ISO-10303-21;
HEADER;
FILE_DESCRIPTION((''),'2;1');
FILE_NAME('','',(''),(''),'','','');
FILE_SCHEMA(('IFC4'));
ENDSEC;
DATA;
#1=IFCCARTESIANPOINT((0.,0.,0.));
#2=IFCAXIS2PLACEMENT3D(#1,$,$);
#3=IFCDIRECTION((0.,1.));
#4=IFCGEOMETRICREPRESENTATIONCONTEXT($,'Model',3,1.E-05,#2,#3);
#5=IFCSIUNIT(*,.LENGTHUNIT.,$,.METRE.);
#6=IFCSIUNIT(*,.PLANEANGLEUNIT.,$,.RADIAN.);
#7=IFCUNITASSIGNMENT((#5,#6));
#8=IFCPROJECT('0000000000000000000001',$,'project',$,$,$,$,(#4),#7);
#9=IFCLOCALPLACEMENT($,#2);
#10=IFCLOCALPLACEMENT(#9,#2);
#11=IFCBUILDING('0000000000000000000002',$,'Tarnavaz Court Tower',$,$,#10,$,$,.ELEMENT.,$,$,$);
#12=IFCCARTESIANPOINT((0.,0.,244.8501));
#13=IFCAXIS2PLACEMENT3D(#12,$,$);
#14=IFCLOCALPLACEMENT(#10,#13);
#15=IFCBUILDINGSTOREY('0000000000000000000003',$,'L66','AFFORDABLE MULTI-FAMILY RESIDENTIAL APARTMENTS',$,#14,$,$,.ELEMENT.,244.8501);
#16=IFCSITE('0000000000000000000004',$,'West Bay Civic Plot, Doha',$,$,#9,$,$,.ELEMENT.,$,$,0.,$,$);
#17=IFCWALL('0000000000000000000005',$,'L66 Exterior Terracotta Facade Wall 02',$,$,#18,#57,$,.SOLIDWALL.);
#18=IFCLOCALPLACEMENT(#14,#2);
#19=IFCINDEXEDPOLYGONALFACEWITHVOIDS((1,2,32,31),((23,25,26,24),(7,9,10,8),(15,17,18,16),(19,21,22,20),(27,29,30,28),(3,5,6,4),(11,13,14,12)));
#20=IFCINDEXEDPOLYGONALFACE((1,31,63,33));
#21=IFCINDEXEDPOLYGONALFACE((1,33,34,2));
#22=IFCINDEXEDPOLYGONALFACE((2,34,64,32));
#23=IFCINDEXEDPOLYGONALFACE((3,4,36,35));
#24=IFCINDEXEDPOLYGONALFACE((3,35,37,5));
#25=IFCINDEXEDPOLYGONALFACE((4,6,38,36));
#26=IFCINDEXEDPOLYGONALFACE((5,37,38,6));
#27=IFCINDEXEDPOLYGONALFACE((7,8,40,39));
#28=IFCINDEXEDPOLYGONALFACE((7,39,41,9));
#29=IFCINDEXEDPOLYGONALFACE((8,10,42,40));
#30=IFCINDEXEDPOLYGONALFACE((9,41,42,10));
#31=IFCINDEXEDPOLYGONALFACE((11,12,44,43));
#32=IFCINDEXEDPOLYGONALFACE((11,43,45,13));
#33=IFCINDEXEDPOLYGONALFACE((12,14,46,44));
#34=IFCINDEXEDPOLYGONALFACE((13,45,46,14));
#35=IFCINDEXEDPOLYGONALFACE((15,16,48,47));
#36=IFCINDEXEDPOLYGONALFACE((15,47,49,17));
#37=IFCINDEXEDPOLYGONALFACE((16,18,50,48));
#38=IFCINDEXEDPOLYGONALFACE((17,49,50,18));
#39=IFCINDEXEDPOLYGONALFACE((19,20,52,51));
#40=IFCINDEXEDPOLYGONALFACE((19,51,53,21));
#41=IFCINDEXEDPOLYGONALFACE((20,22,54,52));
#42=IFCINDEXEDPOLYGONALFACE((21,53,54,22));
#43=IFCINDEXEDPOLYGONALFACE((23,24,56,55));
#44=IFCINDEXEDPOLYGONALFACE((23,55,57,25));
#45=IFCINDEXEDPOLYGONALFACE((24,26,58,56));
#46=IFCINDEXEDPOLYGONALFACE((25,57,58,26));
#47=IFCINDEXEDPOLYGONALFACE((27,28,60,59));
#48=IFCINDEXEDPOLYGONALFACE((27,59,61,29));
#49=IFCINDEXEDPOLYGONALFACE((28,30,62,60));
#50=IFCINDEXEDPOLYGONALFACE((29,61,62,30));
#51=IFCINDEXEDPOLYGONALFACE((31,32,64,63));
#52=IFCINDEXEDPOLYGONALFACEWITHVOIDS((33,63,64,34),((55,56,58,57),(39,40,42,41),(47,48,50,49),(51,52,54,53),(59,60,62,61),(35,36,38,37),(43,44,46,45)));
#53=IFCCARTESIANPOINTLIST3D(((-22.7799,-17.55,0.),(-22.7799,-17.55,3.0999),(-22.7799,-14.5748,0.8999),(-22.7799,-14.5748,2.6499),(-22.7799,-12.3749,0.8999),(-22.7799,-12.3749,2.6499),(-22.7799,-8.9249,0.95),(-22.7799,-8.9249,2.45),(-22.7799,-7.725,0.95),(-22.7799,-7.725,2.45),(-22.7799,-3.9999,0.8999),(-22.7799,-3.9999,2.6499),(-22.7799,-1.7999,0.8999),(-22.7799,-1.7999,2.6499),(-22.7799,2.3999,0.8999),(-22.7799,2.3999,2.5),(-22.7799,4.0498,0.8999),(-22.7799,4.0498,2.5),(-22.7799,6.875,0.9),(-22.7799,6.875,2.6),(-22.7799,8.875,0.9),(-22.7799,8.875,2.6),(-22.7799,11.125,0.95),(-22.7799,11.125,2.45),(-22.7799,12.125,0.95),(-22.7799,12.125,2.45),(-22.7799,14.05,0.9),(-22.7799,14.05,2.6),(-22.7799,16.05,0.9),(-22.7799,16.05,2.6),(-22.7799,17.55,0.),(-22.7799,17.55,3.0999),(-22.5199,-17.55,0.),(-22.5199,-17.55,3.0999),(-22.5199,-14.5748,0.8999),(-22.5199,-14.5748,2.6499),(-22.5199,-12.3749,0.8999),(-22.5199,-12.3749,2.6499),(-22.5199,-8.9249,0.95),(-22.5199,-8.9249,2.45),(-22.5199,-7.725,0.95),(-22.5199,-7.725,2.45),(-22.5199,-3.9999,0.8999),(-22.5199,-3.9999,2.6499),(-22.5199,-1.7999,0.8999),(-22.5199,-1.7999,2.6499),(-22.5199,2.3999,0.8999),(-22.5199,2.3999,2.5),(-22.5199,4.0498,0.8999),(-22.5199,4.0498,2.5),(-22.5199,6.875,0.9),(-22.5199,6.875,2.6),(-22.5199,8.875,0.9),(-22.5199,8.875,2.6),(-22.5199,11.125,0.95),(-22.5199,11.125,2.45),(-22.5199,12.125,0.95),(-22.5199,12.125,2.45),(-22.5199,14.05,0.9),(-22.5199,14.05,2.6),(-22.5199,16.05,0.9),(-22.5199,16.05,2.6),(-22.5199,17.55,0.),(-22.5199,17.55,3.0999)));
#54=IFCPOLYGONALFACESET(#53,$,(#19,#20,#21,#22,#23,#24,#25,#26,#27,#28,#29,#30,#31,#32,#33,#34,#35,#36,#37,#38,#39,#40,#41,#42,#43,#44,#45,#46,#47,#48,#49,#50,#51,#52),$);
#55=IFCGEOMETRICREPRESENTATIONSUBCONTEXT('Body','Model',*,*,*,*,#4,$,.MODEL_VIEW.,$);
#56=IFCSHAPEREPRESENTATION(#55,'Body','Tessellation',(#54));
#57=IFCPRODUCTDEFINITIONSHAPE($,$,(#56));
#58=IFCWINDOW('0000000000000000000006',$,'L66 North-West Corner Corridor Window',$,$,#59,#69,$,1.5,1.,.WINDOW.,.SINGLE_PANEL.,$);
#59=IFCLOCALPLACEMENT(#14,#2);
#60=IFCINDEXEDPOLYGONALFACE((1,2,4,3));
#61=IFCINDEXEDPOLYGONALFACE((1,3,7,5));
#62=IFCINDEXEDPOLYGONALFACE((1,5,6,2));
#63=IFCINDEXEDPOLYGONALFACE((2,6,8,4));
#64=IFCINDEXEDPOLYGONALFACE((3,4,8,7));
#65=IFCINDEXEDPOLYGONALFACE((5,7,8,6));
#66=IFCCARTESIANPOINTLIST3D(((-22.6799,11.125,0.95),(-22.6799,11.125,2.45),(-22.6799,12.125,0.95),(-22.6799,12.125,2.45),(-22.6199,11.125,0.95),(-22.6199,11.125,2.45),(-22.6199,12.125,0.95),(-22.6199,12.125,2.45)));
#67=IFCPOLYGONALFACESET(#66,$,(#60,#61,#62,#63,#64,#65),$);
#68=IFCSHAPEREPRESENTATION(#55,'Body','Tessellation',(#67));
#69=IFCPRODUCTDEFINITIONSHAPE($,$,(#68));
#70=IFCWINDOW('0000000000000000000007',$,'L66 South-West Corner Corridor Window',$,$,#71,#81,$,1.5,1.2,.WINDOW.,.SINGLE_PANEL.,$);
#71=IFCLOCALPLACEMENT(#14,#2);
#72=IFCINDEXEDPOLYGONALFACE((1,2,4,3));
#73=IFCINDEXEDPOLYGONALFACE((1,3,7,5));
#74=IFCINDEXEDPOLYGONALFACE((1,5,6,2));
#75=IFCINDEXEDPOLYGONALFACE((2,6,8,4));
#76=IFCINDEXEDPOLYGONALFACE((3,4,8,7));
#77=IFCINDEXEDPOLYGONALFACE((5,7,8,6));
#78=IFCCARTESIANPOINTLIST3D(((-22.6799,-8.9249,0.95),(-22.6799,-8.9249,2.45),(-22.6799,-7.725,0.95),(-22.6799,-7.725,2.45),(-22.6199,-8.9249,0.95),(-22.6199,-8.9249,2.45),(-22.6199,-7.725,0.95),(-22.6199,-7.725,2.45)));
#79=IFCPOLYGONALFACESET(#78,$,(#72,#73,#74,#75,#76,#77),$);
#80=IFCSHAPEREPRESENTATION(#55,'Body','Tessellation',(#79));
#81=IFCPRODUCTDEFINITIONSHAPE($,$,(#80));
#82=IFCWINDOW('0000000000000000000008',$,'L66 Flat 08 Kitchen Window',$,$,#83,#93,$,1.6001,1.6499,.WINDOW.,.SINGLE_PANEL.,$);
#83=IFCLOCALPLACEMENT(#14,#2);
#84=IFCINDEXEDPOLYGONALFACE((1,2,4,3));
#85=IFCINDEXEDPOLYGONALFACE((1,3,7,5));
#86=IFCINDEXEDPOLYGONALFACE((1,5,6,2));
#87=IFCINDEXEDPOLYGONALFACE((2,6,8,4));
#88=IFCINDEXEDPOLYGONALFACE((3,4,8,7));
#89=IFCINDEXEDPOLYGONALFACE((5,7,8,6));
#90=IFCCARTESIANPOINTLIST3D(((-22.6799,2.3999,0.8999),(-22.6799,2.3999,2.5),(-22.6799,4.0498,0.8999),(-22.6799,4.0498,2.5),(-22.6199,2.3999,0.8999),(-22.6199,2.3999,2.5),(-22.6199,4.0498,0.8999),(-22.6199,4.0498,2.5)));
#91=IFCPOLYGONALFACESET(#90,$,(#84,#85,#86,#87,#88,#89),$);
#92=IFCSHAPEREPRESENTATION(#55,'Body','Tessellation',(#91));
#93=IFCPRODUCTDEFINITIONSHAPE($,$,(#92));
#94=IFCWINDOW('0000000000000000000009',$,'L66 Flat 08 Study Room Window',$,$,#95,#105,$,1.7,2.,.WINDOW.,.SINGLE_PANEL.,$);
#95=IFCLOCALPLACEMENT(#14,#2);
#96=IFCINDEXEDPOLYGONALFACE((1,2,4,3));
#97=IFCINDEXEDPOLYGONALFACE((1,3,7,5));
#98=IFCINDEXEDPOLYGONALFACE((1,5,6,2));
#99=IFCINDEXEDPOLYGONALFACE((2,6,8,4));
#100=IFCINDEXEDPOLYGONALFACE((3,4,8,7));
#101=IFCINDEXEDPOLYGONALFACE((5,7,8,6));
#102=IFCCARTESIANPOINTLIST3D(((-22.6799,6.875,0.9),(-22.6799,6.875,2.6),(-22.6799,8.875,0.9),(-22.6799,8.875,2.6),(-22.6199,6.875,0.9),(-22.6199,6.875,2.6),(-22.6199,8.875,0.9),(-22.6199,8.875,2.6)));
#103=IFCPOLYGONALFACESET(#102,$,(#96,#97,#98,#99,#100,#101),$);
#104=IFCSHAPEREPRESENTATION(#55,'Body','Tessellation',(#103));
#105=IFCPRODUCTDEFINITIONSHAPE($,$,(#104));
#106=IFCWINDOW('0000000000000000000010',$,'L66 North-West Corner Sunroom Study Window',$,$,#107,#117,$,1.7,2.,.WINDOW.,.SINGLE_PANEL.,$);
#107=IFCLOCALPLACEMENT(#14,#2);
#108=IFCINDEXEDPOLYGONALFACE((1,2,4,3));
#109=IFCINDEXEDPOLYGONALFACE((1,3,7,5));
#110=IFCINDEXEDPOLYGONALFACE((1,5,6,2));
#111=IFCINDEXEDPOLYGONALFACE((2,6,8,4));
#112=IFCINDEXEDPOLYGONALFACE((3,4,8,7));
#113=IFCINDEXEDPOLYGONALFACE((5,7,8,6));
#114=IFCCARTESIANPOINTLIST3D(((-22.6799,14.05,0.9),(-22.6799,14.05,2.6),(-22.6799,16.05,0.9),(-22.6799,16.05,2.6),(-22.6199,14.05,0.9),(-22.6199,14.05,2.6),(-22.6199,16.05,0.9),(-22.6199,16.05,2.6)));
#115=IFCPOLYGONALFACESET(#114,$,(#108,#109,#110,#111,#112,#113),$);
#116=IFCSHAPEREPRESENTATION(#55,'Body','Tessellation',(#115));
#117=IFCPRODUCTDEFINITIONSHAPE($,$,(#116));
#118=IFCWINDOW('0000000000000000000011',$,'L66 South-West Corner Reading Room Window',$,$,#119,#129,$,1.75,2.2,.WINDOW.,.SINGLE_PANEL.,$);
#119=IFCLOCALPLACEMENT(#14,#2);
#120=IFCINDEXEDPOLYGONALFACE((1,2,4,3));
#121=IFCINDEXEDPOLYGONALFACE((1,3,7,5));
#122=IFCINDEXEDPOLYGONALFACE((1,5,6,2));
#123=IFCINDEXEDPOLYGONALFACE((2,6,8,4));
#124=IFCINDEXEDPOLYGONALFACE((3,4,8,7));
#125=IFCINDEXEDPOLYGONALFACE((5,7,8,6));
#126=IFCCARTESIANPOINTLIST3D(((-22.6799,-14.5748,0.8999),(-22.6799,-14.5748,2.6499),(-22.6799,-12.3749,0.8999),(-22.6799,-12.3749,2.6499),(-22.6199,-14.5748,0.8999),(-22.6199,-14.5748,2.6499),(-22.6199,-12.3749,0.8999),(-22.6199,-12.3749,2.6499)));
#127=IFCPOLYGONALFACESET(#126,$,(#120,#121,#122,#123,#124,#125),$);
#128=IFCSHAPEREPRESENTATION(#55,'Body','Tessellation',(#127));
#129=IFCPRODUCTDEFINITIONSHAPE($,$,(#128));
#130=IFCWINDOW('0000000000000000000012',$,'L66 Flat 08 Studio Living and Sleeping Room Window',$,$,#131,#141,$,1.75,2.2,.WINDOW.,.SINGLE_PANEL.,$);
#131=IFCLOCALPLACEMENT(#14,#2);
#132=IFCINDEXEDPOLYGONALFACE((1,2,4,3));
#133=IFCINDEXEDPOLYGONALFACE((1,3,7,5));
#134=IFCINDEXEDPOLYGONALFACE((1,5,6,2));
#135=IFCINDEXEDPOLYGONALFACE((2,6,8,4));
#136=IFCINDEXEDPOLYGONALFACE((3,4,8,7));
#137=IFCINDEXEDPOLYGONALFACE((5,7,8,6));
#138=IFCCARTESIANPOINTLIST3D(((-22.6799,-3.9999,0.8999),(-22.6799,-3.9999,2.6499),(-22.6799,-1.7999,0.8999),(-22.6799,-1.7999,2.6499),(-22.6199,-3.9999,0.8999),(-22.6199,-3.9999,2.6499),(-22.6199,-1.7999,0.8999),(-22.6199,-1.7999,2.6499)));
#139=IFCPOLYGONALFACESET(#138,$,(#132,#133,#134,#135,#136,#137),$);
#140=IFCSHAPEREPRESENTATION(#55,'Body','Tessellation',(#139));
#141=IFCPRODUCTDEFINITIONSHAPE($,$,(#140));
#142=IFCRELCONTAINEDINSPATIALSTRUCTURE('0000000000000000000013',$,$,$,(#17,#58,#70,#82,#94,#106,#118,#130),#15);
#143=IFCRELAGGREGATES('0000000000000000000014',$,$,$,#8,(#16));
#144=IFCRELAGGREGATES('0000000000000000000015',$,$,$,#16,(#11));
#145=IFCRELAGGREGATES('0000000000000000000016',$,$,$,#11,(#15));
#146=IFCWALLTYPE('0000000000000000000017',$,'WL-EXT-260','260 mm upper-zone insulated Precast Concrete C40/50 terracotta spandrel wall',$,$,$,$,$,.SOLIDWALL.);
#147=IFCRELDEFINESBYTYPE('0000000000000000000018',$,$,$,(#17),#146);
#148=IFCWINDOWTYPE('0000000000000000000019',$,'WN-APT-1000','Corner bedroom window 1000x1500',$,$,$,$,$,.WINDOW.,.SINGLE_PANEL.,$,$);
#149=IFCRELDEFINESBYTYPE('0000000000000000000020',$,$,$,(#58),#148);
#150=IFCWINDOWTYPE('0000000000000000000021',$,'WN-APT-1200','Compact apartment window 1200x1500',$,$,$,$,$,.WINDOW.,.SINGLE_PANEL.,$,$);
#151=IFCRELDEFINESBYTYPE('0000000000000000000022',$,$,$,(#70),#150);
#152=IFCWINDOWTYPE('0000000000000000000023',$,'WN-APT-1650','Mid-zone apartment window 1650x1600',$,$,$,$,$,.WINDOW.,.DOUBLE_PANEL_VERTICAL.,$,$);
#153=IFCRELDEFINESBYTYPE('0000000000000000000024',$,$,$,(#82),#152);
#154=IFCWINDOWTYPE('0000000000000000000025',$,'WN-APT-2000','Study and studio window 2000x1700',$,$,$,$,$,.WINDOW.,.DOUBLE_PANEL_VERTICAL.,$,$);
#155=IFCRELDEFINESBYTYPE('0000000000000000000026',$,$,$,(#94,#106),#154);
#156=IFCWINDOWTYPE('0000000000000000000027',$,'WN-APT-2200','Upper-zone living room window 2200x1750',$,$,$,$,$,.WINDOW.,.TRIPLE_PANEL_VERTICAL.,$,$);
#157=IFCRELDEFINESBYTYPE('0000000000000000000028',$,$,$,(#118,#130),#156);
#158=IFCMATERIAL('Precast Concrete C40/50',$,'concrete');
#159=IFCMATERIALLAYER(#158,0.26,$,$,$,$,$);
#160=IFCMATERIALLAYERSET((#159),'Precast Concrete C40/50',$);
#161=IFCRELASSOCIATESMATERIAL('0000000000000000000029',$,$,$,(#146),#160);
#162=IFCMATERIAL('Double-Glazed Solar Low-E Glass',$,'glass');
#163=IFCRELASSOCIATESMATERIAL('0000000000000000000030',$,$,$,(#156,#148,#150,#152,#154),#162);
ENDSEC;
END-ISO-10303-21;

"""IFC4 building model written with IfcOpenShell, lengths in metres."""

from ifc_helpers import new_model, si_unit, direction, frame, frame_2d, origin, place, context, subcontext, project, spatial, rectangle, extrude, material, layer, layer_set, type_object, element, fill, save


model = new_model("IFC4")

# Units and contexts
model_context = context("Model", 3, precision=1e-05, world=origin(), true_north=direction((0.0, 1.0)))
body_context = subcontext(model_context, "Body", "Model", "MODEL_VIEW")
ifc_project = project(units=[si_unit("LENGTHUNIT", "METRE"), si_unit("PLANEANGLEUNIT", "RADIAN")], contexts=[model_context])

# Site, building, storey
site_placement = place(None, origin())
site = spatial("IfcSite", under=ifc_project, at=site_placement, Name="West Bay Civic Plot, Doha", CompositionType="ELEMENT", RefElevation=0.0)
building_placement = place(site_placement, origin())
building = spatial("IfcBuilding", under=site, at=building_placement, Name="Tarnavaz Court Tower", CompositionType="ELEMENT")
storey_placement = place(building_placement, frame((0.0, 0.0, 244.8501)))
storey = spatial("IfcBuildingStorey", under=building, at=storey_placement, Name="L66", Description="AFFORDABLE MULTI-FAMILY RESIDENTIAL APARTMENTS", CompositionType="ELEMENT", Elevation=244.8501)

# Shared definitions
ifc_material_1 = material(Name="Precast Concrete C40/50", Category="concrete")
ifc_layer_1 = layer(ifc_material_1, 0.26)
ifc_layer_set_1 = layer_set([ifc_layer_1], Name="Precast Concrete C40/50")
wall_type_1 = type_object("IfcWallType", Name="WL-EXT-260", Description="260 mm upper-zone insulated Precast Concrete C40/50 terracotta spandrel wall", PredefinedType="SOLIDWALL", material=ifc_layer_set_1)
ifc_material_2 = material(Name="Double-Glazed Solar Low-E Glass", Category="glass")
window_type_1 = type_object("IfcWindowType", Name="WN-APT-2200", Description="Upper-zone living room window 2200x1750", PartitioningType="TRIPLE_PANEL_VERTICAL", PredefinedType="WINDOW", material=ifc_material_2)

# Wall, openings, windows
wall_1_placement = place(storey_placement, frame((-22.6499, -17.55, 0.0), z_axis=(0.0, 0.0, 1.0), x_axis=(0.0, 1.0, 0.0)))
wall_1 = element("IfcWall", 1, at=wall_1_placement, inside=storey, type_object=wall_type_1, Name="L66 Exterior Terracotta Facade Wall 02", PredefinedType="SOLIDWALL", context=body_context, shape_type="SweptSolid", body=[
    extrude(rectangle(XDim=35.1001, YDim=0.26, at=frame_2d((17.55, 0.0))), origin(), (0.0, 0.0, 1.0), 3.0999),
])
opening_1_placement = place(wall_1_placement, frame((2.9751, 0.0, 0.8999)))
opening_1 = element("IfcOpeningElement", 2, at=opening_1_placement, cuts=wall_1, PredefinedType="OPENING", context=body_context, shape_type="SweptSolid", body=[
    extrude(rectangle(XDim=2.2, YDim=1.75, at=frame_2d((1.1001, 0.875))), frame((0.0, 0.1399, 0.0), z_axis=(0.0, -1.0, 0.0), x_axis=(1.0, 0.0, 0.0)), (0.0, 0.0, 1.0), 0.28),
])
opening_2_placement = place(wall_1_placement, frame((8.625, 0.0, 0.95)))
opening_2 = element("IfcOpeningElement", 3, at=opening_2_placement, cuts=wall_1, PredefinedType="OPENING", context=body_context, shape_type="SweptSolid", body=[
    extrude(rectangle(XDim=1.2, YDim=1.5, at=frame_2d((0.6001, 0.75))), frame((0.0, 0.1399, 0.0), z_axis=(0.0, -1.0, 0.0), x_axis=(1.0, 0.0, 0.0)), (0.0, 0.0, 1.0), 0.28),
])
opening_3_placement = place(wall_1_placement, frame((13.55, 0.0, 0.8999)))
opening_3 = element("IfcOpeningElement", 4, at=opening_3_placement, cuts=wall_1, PredefinedType="OPENING", context=body_context, shape_type="SweptSolid", body=[
    extrude(rectangle(XDim=2.2, YDim=1.75, at=frame_2d((1.1001, 0.875))), frame((0.0, 0.1399, 0.0), z_axis=(0.0, -1.0, 0.0), x_axis=(1.0, 0.0, 0.0)), (0.0, 0.0, 1.0), 0.28),
])
opening_4_placement = place(wall_1_placement, frame((19.95, 0.0, 0.8999)))
opening_4 = element("IfcOpeningElement", 5, at=opening_4_placement, cuts=wall_1, PredefinedType="OPENING", context=body_context, shape_type="SweptSolid", body=[
    extrude(rectangle(XDim=1.6499, YDim=1.6001, at=frame_2d((0.825, 0.8))), frame((0.0, 0.1399, 0.0), z_axis=(0.0, -1.0, 0.0), x_axis=(1.0, 0.0, 0.0)), (0.0, 0.0, 1.0), 0.28),
])
opening_5_placement = place(wall_1_placement, frame((24.425, 0.0, 0.8999)))
opening_5 = element("IfcOpeningElement", 6, at=opening_5_placement, cuts=wall_1, PredefinedType="OPENING", context=body_context, shape_type="SweptSolid", body=[
    extrude(rectangle(XDim=2.0, YDim=1.7, at=frame_2d((1.0, 0.8501))), frame((0.0, 0.1399, 0.0), z_axis=(0.0, -1.0, 0.0), x_axis=(1.0, 0.0, 0.0)), (0.0, 0.0, 1.0), 0.28),
])
opening_6_placement = place(wall_1_placement, frame((28.675, 0.0, 0.95)))
opening_6 = element("IfcOpeningElement", 7, at=opening_6_placement, cuts=wall_1, PredefinedType="OPENING", context=body_context, shape_type="SweptSolid", body=[
    extrude(rectangle(XDim=1.0, YDim=1.5, at=frame_2d((0.5, 0.75))), frame((0.0, 0.1399, 0.0), z_axis=(0.0, -1.0, 0.0), x_axis=(1.0, 0.0, 0.0)), (0.0, 0.0, 1.0), 0.28),
])
opening_7_placement = place(wall_1_placement, frame((31.6001, 0.0, 0.8999)))
opening_7 = element("IfcOpeningElement", 8, at=opening_7_placement, cuts=wall_1, PredefinedType="OPENING", context=body_context, shape_type="SweptSolid", body=[
    extrude(rectangle(XDim=2.0, YDim=1.7, at=frame_2d((1.0, 0.8501))), frame((0.0, 0.1399, 0.0), z_axis=(0.0, -1.0, 0.0), x_axis=(1.0, 0.0, 0.0)), (0.0, 0.0, 1.0), 0.28),
])
window_type_2 = type_object("IfcWindowType", Name="WN-APT-1000", Description="Corner bedroom window 1000x1500", PartitioningType="SINGLE_PANEL", PredefinedType="WINDOW", material=ifc_material_2)
window_1_placement = place(opening_6_placement, origin())
window_1 = element("IfcWindow", 9, at=window_1_placement, inside=storey, type_object=window_type_2, Name="L66 North-West Corner Corridor Window", OverallHeight=1.5, OverallWidth=1.0, PartitioningType="SINGLE_PANEL", PredefinedType="WINDOW", context=body_context, shape_type="SweptSolid", body=[
    extrude(rectangle(XDim=1.0, YDim=1.5, at=frame_2d((0.5, 0.75))), frame((0.0, 0.03, 0.0), z_axis=(0.0, -1.0, 0.0), x_axis=(1.0, 0.0, 0.0)), (0.0, 0.0, 1.0), 0.0601),
])
fill(opening_6, window_1)
window_type_3 = type_object("IfcWindowType", Name="WN-APT-1200", Description="Compact apartment window 1200x1500", PartitioningType="SINGLE_PANEL", PredefinedType="WINDOW", material=ifc_material_2)
window_2_placement = place(opening_2_placement, origin())
window_2 = element("IfcWindow", 10, at=window_2_placement, inside=storey, type_object=window_type_3, Name="L66 South-West Corner Corridor Window", OverallHeight=1.5, OverallWidth=1.2, PartitioningType="SINGLE_PANEL", PredefinedType="WINDOW", context=body_context, shape_type="SweptSolid", body=[
    extrude(rectangle(XDim=1.2, YDim=1.5, at=frame_2d((0.6001, 0.75))), frame((0.0, 0.03, 0.0), z_axis=(0.0, -1.0, 0.0), x_axis=(1.0, 0.0, 0.0)), (0.0, 0.0, 1.0), 0.0601),
])
fill(opening_2, window_2)
window_type_4 = type_object("IfcWindowType", Name="WN-APT-1650", Description="Mid-zone apartment window 1650x1600", PartitioningType="DOUBLE_PANEL_VERTICAL", PredefinedType="WINDOW", material=ifc_material_2)
window_3_placement = place(opening_4_placement, origin())
window_3 = element("IfcWindow", 11, at=window_3_placement, inside=storey, type_object=window_type_4, Name="L66 Flat 08 Kitchen Window", OverallHeight=1.6001, OverallWidth=1.6499, PartitioningType="SINGLE_PANEL", PredefinedType="WINDOW", context=body_context, shape_type="SweptSolid", body=[
    extrude(rectangle(XDim=1.6499, YDim=1.6001, at=frame_2d((0.825, 0.8))), frame((0.0, 0.03, 0.0), z_axis=(0.0, -1.0, 0.0), x_axis=(1.0, 0.0, 0.0)), (0.0, 0.0, 1.0), 0.0601),
])
fill(opening_4, window_3)
window_type_5 = type_object("IfcWindowType", Name="WN-APT-2000", Description="Study and studio window 2000x1700", PartitioningType="DOUBLE_PANEL_VERTICAL", PredefinedType="WINDOW", material=ifc_material_2)
window_4_placement = place(opening_5_placement, origin())
window_4 = element("IfcWindow", 12, at=window_4_placement, inside=storey, type_object=window_type_5, Name="L66 Flat 08 Study Room Window", OverallHeight=1.7, OverallWidth=2.0, PartitioningType="SINGLE_PANEL", PredefinedType="WINDOW", context=body_context, shape_type="SweptSolid", body=[
    extrude(rectangle(XDim=2.0, YDim=1.7, at=frame_2d((1.0, 0.8501))), frame((0.0, 0.03, 0.0), z_axis=(0.0, -1.0, 0.0), x_axis=(1.0, 0.0, 0.0)), (0.0, 0.0, 1.0), 0.0601),
])
fill(opening_5, window_4)
window_5_placement = place(opening_7_placement, origin())
window_5 = element("IfcWindow", 13, at=window_5_placement, inside=storey, type_object=window_type_5, Name="L66 North-West Corner Sunroom Study Window", OverallHeight=1.7, OverallWidth=2.0, PartitioningType="SINGLE_PANEL", PredefinedType="WINDOW", context=body_context, shape_type="SweptSolid", body=[
    extrude(rectangle(XDim=2.0, YDim=1.7, at=frame_2d((1.0, 0.8501))), frame((0.0, 0.03, 0.0), z_axis=(0.0, -1.0, 0.0), x_axis=(1.0, 0.0, 0.0)), (0.0, 0.0, 1.0), 0.0601),
])
fill(opening_7, window_5)
window_6_placement = place(opening_1_placement, origin())
window_6 = element("IfcWindow", 14, at=window_6_placement, inside=storey, type_object=window_type_1, Name="L66 South-West Corner Reading Room Window", OverallHeight=1.75, OverallWidth=2.2, PartitioningType="SINGLE_PANEL", PredefinedType="WINDOW", context=body_context, shape_type="SweptSolid", body=[
    extrude(rectangle(XDim=2.2, YDim=1.75, at=frame_2d((1.1001, 0.875))), frame((0.0, 0.03, 0.0), z_axis=(0.0, -1.0, 0.0), x_axis=(1.0, 0.0, 0.0)), (0.0, 0.0, 1.0), 0.0601),
])
fill(opening_1, window_6)
window_7_placement = place(opening_3_placement, origin())
window_7 = element("IfcWindow", 15, at=window_7_placement, inside=storey, type_object=window_type_1, Name="L66 Flat 08 Studio Living and Sleeping Room Window", OverallHeight=1.75, OverallWidth=2.2, PartitioningType="SINGLE_PANEL", PredefinedType="WINDOW", context=body_context, shape_type="SweptSolid", body=[
    extrude(rectangle(XDim=2.2, YDim=1.75, at=frame_2d((1.1001, 0.875))), frame((0.0, 0.03, 0.0), z_axis=(0.0, -1.0, 0.0), x_axis=(1.0, 0.0, 0.0)), (0.0, 0.0, 1.0), 0.0601),
])
fill(opening_3, window_7)

save(model, "model.ifc")
